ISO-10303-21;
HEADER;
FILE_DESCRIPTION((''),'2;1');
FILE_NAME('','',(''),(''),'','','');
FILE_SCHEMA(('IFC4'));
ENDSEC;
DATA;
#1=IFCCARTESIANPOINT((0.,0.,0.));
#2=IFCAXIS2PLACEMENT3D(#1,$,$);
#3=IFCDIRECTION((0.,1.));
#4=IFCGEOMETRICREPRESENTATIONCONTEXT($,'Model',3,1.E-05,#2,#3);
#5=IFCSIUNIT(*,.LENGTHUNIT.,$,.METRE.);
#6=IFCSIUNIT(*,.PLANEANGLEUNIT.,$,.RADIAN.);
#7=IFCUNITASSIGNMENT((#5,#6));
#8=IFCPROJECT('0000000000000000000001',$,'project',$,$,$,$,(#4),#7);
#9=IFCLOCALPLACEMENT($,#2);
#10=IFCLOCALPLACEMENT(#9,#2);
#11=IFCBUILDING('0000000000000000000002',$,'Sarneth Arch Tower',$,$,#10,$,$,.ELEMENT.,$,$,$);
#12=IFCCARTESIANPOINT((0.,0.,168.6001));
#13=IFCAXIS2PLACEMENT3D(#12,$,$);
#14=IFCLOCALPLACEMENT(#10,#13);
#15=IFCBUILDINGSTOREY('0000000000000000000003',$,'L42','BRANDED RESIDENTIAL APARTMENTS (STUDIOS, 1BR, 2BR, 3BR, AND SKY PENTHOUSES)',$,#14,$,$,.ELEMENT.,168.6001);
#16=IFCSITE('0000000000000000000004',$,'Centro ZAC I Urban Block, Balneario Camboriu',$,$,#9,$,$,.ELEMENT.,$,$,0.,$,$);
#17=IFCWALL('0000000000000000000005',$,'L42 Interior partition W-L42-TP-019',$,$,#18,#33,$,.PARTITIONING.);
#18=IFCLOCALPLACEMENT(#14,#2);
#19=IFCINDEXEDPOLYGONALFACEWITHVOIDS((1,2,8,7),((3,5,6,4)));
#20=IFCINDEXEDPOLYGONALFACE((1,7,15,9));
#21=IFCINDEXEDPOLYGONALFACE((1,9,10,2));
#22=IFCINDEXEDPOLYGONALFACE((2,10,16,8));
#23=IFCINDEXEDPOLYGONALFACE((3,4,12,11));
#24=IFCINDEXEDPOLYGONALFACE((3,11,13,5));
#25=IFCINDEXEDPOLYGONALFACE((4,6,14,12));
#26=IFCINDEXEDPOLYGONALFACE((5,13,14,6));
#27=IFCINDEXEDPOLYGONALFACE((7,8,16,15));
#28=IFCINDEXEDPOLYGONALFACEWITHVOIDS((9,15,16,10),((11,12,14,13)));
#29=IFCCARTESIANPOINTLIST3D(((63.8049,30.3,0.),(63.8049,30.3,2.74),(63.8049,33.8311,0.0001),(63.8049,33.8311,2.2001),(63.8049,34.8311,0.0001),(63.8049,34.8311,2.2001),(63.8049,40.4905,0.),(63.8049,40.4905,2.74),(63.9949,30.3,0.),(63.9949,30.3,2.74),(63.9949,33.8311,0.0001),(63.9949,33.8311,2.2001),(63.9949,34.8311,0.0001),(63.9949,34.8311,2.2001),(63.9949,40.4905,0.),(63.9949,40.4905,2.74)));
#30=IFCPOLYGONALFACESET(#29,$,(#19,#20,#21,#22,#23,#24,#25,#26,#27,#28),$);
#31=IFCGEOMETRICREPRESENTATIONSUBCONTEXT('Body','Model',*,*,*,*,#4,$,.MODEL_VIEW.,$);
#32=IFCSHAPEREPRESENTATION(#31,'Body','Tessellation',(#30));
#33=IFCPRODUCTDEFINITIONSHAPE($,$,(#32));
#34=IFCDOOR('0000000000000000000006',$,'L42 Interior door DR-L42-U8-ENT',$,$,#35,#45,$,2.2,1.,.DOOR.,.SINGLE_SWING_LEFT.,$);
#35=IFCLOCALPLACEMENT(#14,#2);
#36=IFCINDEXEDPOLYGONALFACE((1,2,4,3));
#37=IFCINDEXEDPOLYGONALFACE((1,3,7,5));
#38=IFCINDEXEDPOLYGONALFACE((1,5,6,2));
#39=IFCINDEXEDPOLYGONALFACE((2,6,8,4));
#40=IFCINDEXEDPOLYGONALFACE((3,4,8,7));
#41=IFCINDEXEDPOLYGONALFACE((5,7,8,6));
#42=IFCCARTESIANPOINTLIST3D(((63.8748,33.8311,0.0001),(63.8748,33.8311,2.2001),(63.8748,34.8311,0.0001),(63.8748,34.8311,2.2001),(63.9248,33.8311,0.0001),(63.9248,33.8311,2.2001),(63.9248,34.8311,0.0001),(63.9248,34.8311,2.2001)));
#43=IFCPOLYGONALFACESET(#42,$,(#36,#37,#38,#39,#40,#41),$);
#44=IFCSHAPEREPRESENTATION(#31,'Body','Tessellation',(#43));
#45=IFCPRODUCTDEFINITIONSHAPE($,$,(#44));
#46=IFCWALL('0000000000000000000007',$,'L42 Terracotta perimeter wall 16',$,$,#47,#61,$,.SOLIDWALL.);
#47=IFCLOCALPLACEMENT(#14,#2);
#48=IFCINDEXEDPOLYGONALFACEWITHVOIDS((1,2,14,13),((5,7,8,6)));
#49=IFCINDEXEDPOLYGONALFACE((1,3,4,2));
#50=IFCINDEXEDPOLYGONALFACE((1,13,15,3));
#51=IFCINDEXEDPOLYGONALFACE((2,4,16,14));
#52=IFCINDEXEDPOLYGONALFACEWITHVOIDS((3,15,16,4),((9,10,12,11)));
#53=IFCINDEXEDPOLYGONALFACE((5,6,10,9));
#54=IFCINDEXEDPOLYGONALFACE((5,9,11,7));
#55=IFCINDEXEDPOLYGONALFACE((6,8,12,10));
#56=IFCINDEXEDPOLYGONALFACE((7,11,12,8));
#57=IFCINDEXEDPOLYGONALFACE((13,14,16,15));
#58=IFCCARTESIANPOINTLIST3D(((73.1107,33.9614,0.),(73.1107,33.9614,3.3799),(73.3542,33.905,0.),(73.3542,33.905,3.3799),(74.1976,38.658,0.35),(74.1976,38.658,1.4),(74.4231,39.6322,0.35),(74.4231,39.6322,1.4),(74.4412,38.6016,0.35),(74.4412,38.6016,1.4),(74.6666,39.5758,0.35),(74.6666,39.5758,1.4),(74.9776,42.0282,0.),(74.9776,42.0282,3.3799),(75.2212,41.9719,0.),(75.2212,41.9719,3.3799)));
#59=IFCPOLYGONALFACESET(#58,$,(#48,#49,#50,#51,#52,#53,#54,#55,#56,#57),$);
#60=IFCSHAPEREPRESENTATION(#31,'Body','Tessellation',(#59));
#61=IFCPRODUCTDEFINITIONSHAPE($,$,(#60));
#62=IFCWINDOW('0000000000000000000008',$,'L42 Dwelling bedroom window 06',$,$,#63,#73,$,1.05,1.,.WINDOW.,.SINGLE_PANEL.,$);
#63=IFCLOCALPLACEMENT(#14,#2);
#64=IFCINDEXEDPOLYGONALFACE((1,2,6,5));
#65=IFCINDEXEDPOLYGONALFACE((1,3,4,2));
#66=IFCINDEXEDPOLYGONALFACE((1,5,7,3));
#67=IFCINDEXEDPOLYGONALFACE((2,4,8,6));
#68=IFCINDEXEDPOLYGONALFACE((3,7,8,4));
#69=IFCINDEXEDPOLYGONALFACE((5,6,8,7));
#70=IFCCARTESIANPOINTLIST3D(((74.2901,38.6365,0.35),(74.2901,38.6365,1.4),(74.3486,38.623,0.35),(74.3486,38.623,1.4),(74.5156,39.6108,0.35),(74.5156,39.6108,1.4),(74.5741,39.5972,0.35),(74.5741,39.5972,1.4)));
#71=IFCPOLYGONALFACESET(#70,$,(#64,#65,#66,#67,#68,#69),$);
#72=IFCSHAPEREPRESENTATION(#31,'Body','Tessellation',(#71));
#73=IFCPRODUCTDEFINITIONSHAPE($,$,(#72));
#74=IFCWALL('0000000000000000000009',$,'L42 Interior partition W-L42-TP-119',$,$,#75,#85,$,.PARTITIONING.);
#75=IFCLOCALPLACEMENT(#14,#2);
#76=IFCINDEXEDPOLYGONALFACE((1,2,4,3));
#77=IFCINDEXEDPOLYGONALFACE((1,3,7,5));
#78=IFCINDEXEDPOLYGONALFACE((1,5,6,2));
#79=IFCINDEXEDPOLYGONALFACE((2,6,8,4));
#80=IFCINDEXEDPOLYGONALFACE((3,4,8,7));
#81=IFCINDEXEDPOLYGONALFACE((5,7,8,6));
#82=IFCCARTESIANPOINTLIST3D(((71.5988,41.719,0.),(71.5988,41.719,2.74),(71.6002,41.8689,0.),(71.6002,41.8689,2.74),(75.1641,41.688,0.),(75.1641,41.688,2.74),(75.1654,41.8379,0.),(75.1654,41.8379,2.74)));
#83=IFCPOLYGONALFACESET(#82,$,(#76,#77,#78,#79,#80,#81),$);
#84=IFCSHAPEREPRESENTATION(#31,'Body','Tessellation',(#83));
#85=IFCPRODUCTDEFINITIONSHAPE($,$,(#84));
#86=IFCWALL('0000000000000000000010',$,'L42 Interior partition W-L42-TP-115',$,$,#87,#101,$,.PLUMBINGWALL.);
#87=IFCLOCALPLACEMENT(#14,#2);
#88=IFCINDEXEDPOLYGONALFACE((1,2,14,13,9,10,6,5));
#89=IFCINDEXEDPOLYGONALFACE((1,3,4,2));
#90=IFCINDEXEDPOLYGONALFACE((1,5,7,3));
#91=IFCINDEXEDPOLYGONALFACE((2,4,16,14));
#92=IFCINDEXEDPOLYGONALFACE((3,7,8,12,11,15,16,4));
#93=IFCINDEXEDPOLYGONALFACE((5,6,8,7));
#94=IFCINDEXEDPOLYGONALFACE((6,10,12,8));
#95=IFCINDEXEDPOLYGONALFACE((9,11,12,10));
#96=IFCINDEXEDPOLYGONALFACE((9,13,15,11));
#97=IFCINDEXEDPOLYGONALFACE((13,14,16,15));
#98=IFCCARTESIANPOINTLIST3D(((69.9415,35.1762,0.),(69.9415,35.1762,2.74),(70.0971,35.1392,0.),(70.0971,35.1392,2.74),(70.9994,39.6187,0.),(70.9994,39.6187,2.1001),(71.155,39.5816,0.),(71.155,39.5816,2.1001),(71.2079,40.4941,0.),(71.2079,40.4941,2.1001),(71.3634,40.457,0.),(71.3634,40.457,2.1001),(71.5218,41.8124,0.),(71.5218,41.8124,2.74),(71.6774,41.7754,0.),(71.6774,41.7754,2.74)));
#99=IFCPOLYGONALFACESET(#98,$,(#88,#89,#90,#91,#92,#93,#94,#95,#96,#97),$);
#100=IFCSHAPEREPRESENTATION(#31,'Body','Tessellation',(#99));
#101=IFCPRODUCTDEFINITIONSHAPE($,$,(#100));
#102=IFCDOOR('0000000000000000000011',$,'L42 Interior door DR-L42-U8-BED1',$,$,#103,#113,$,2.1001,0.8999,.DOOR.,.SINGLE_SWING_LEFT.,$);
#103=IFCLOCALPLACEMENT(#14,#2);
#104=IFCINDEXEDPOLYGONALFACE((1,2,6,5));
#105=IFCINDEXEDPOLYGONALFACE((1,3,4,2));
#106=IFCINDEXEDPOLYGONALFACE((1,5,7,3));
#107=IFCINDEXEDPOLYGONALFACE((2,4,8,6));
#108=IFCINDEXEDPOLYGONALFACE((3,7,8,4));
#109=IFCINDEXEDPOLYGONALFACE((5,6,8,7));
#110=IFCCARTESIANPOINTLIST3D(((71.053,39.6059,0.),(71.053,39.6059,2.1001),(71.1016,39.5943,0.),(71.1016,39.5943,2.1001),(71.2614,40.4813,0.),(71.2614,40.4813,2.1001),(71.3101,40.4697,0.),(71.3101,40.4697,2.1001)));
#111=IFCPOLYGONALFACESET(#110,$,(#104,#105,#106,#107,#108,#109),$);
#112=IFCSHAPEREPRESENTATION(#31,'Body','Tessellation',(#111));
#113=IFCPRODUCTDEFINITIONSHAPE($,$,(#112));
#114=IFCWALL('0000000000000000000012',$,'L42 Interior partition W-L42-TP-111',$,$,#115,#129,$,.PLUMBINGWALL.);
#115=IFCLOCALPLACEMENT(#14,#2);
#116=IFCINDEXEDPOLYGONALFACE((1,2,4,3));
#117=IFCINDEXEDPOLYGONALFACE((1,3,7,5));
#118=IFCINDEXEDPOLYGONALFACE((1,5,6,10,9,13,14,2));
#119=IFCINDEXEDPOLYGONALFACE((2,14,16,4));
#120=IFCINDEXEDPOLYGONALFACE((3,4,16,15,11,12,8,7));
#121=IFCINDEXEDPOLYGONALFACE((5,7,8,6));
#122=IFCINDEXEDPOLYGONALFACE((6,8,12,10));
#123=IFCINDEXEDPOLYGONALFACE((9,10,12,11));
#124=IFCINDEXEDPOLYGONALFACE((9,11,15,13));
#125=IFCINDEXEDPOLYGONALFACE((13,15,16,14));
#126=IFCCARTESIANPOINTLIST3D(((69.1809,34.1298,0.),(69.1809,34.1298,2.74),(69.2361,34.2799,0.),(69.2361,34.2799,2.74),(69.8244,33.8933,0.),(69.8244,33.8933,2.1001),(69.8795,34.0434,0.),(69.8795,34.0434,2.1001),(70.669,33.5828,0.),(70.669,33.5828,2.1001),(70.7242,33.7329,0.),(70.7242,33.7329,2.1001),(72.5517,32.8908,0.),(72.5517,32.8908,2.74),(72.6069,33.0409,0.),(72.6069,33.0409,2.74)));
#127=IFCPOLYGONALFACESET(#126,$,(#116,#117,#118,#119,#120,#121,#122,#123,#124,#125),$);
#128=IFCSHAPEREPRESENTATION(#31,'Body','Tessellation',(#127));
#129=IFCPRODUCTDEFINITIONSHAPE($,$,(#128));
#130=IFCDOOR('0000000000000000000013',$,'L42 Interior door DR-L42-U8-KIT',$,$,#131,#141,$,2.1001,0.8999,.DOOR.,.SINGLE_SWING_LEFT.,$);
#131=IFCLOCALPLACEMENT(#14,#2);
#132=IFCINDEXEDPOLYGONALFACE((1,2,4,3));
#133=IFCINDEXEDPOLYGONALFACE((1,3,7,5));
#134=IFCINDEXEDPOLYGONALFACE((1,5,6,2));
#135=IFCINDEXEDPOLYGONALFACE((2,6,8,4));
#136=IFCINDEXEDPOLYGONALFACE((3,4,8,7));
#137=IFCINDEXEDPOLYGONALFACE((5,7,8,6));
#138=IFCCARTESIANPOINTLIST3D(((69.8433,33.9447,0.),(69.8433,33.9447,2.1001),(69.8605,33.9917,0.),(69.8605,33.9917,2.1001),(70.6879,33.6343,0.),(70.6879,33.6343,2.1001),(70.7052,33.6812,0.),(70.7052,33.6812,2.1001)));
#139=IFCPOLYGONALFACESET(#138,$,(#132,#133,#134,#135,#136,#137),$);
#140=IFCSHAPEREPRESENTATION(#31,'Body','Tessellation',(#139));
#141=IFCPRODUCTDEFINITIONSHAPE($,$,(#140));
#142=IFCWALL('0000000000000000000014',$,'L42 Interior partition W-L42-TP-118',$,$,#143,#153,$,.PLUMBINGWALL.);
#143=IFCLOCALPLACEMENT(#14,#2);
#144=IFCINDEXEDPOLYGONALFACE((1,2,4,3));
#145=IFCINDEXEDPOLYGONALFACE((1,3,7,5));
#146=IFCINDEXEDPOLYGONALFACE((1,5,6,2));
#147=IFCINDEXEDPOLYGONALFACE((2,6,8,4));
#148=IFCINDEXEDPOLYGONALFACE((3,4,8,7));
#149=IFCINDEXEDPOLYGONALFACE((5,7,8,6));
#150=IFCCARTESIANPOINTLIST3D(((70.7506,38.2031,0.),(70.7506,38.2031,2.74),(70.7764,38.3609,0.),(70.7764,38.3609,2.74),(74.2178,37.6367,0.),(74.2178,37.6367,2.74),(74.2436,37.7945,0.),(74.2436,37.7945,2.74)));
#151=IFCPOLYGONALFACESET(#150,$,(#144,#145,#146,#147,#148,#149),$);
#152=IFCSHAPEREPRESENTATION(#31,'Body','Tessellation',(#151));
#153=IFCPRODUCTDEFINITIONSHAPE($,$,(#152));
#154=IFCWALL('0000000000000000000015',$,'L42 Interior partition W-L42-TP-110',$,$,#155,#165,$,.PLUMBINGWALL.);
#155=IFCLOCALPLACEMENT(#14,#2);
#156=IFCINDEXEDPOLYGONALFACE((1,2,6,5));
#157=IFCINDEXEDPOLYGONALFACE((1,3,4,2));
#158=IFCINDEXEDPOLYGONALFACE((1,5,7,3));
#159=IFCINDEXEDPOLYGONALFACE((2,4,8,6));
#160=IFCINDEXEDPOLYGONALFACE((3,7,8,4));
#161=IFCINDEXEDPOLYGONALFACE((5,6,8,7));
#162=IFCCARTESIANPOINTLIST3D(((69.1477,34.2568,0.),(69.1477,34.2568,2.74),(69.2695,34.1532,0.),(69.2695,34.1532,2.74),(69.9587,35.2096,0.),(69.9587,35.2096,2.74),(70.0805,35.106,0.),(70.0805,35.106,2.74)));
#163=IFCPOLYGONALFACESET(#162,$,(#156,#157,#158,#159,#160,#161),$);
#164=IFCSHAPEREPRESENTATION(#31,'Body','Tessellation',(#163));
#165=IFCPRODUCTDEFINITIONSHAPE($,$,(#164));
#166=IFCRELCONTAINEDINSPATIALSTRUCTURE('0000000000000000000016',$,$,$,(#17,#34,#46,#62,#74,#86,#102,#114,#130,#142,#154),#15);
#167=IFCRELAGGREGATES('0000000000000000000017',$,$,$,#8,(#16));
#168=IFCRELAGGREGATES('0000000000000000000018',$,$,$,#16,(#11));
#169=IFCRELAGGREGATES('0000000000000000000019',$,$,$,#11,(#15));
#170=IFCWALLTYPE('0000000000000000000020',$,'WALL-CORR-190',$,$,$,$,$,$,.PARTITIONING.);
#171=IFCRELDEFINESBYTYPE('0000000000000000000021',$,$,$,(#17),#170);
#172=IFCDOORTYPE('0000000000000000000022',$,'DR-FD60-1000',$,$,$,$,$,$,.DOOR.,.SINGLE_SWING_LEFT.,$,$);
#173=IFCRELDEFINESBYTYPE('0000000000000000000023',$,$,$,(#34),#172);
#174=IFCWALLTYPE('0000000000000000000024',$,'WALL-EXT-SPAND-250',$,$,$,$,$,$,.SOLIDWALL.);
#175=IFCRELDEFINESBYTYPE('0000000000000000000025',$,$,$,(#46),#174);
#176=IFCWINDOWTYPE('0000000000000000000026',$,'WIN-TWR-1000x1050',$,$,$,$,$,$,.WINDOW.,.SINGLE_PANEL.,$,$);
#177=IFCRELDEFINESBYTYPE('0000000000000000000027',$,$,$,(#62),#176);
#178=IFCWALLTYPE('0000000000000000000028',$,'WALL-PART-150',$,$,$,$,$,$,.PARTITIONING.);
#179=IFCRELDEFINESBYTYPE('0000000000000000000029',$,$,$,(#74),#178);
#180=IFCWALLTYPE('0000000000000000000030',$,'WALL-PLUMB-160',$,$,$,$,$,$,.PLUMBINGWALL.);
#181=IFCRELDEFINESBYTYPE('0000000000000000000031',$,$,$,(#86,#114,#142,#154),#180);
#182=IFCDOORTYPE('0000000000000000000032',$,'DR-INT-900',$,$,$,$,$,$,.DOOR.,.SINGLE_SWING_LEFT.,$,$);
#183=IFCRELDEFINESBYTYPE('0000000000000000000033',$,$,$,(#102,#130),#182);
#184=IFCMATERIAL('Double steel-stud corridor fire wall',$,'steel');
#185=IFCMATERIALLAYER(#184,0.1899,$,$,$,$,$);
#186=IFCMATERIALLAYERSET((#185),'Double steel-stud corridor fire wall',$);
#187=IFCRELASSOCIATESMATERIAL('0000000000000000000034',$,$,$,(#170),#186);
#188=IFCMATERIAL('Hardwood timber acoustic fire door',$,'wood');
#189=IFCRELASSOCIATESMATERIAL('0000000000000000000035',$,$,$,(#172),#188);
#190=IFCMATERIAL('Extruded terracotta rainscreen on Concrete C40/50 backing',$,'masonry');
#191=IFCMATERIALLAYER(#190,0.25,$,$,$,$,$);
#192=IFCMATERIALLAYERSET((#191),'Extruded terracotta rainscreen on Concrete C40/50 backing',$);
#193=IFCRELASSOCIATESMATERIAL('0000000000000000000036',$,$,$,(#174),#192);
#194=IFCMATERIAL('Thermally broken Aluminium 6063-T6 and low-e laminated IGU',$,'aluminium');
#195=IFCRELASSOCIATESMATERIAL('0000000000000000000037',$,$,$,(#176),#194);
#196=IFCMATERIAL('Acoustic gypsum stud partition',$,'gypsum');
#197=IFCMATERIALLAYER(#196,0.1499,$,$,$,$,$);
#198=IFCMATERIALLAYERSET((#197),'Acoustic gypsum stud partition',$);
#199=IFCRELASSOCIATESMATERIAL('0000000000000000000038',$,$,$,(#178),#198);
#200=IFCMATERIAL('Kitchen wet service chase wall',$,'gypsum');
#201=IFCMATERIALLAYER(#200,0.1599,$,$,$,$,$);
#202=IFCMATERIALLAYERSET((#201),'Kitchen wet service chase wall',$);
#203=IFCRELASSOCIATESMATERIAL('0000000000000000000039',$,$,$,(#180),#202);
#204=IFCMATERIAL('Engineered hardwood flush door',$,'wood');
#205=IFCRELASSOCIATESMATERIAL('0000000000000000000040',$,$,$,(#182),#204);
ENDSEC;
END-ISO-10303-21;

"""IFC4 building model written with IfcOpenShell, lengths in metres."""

from ifc_helpers import new_model, si_unit, direction, frame, frame_2d, origin, place, context, subcontext, project, spatial, rectangle, extrude, material, layer, layer_set, type_object, element, fill, save


model = new_model("IFC4")

# Units and contexts
model_context = context("Model", 3, precision=1e-05, world=origin(), true_north=direction((0.0, 1.0)))
body_context = subcontext(model_context, "Body", "Model", "MODEL_VIEW")
ifc_project = project(units=[si_unit("LENGTHUNIT", "METRE"), si_unit("PLANEANGLEUNIT", "RADIAN")], contexts=[model_context])

# Site, building, storey
site_placement = place(None, origin())
site = spatial("IfcSite", under=ifc_project, at=site_placement, Name="Centro ZAC I Urban Block, Balneario Camboriu", CompositionType="ELEMENT", RefElevation=0.0)
building_placement = place(site_placement, origin())
building = spatial("IfcBuilding", under=site, at=building_placement, Name="Sarneth Arch Tower", CompositionType="ELEMENT")
storey_placement = place(building_placement, frame((0.0, 0.0, 168.6001)))
storey = spatial("IfcBuildingStorey", under=building, at=storey_placement, Name="L42", Description="BRANDED RESIDENTIAL APARTMENTS (STUDIOS, 1BR, 2BR, 3BR, AND SKY PENTHOUSES)", CompositionType="ELEMENT", Elevation=168.6001)

# Wall, opening, door
ifc_material_1 = material(Name="Double steel-stud corridor fire wall", Category="steel")
ifc_layer_1 = layer(ifc_material_1, 0.1899)
ifc_layer_set_1 = layer_set([ifc_layer_1], Name="Double steel-stud corridor fire wall")
wall_type_1 = type_object("IfcWallType", Name="WALL-CORR-190", PredefinedType="PARTITIONING", material=ifc_layer_set_1)
ifc_material_2 = material(Name="Hardwood timber acoustic fire door", Category="wood")
door_type_1 = type_object("IfcDoorType", Name="DR-FD60-1000", OperationType="SINGLE_SWING_LEFT", PredefinedType="DOOR", material=ifc_material_2)
wall_1_placement = place(storey_placement, frame((63.8999, 40.4905, 0.0), z_axis=(0.0, 0.0, 1.0), x_axis=(0.0, -1.0, 0.0)))
wall_1 = element("IfcWall", 1, at=wall_1_placement, inside=storey, type_object=wall_type_1, Name="L42 Interior partition W-L42-TP-019", PredefinedType="PARTITIONING", context=body_context, shape_type="SweptSolid", body=[
    extrude(rectangle(XDim=10.1904, YDim=0.1899, at=frame_2d((5.0952, 0.0))), origin(), (0.0, 0.0, 1.0), 2.74),
])
opening_1_placement = place(wall_1_placement, frame((5.6594, 0.0, 0.0)))
opening_1 = element("IfcOpeningElement", 2, at=opening_1_placement, cuts=wall_1, PredefinedType="OPENING", context=body_context, shape_type="SweptSolid", body=[
    extrude(rectangle(XDim=1.0, YDim=2.2, at=frame_2d((0.5, 1.1001))), frame((0.0, 0.105, 0.0), z_axis=(0.0, -1.0, 0.0), x_axis=(1.0, 0.0, 0.0)), (0.0, 0.0, 1.0), 0.21),
])
door_1_placement = place(opening_1_placement, origin())
door_1 = element("IfcDoor", 3, at=door_1_placement, inside=storey, type_object=door_type_1, Name="L42 Interior door DR-L42-U8-ENT", OperationType="SINGLE_SWING_LEFT", OverallHeight=2.2, OverallWidth=1.0, PredefinedType="DOOR", context=body_context, shape_type="SweptSolid", body=[
    extrude(rectangle(XDim=1.0, YDim=2.2, at=frame_2d((0.5, 1.1001))), frame((0.0, 0.0249, 0.0), z_axis=(0.0, -1.0, 0.0), x_axis=(1.0, 0.0, 0.0)), (0.0, 0.0, 1.0), 0.05),
])
fill(opening_1, door_1)

# Wall, opening, window
ifc_material_3 = material(Name="Extruded terracotta rainscreen on Concrete C40/50 backing", Category="masonry")
ifc_layer_2 = layer(ifc_material_3, 0.25)
ifc_layer_set_2 = layer_set([ifc_layer_2], Name="Extruded terracotta rainscreen on Concrete C40/50 backing")
wall_type_2 = type_object("IfcWallType", Name="WALL-EXT-SPAND-250", PredefinedType="SOLIDWALL", material=ifc_layer_set_2)
wall_2_placement = place(storey_placement, frame((73.2324, 33.9331, 0.0), z_axis=(0.0, 0.0, 1.0), x_axis=(0.225473, 0.974249, 0.0)))
wall_2 = element("IfcWall", 4, at=wall_2_placement, inside=storey, type_object=wall_type_2, Name="L42 Terracotta perimeter wall 16", PredefinedType="SOLIDWALL", context=body_context, shape_type="SweptSolid", body=[
    extrude(rectangle(XDim=8.28, YDim=0.25, at=frame_2d((4.1401, 0.0))), origin(), (0.0, 0.0, 1.0), 3.3799),
])
opening_2_placement = place(wall_2_placement, frame((4.8208, 0.0, 0.3501)))
opening_2 = element("IfcOpeningElement", 5, at=opening_2_placement, cuts=wall_2, PredefinedType="OPENING", context=body_context, shape_type="SweptSolid", body=[
    extrude(rectangle(XDim=1.0, YDim=1.05, at=frame_2d((0.5, 0.5249))), frame((0.0, 0.135, 0.0), z_axis=(0.0, -1.0, 0.0), x_axis=(1.0, 0.0, 0.0)), (0.0, 0.0, 1.0), 0.27),
])
ifc_material_4 = material(Name="Thermally broken Aluminium 6063-T6 and low-e laminated IGU", Category="aluminium")
window_type = type_object("IfcWindowType", Name="WIN-TWR-1000x1050", PartitioningType="SINGLE_PANEL", PredefinedType="WINDOW", material=ifc_material_4)
window_placement = place(opening_2_placement, origin())
window = element("IfcWindow", 6, at=window_placement, inside=storey, type_object=window_type, Name="L42 Dwelling bedroom window 06", OverallHeight=1.05, OverallWidth=1.0, PartitioningType="SINGLE_PANEL", PredefinedType="WINDOW", context=body_context, shape_type="SweptSolid", body=[
    extrude(rectangle(XDim=1.0, YDim=1.05, at=frame_2d((0.5, 0.5249))), frame((0.0, 0.03, 0.0), z_axis=(0.0, -1.0, 0.0), x_axis=(1.0, 0.0, 0.0)), (0.0, 0.0, 1.0), 0.0601),
])
fill(opening_2, window)

# Wall
ifc_material_5 = material(Name="Acoustic gypsum stud partition", Category="gypsum")
ifc_layer_3 = layer(ifc_material_5, 0.1499)
ifc_layer_set_3 = layer_set([ifc_layer_3], Name="Acoustic gypsum stud partition")
wall_type_3 = type_object("IfcWallType", Name="WALL-PART-150", PredefinedType="PARTITIONING", material=ifc_layer_set_3)
wall_3_placement = place(storey_placement, frame((75.1648, 41.7629, 0.0), z_axis=(0.0, 0.0, 1.0), x_axis=(-0.999962, 0.008697, 0.0)))
element("IfcWall", 7, at=wall_3_placement, inside=storey, type_object=wall_type_3, Name="L42 Interior partition W-L42-TP-119", PredefinedType="PARTITIONING", context=body_context, shape_type="SweptSolid", body=[
    extrude(rectangle(XDim=3.5654, YDim=0.1499, at=frame_2d((1.7827, 0.0))), origin(), (0.0, 0.0, 1.0), 2.74),
])

# Walls, openings, doors
ifc_material_6 = material(Name="Kitchen wet service chase wall", Category="gypsum")
ifc_layer_4 = layer(ifc_material_6, 0.1599)
ifc_layer_set_4 = layer_set([ifc_layer_4], Name="Kitchen wet service chase wall")
wall_type_4 = type_object("IfcWallType", Name="WALL-PLUMB-160", PredefinedType="PLUMBINGWALL", material=ifc_layer_set_4)
wall_4_placement = place(storey_placement, frame((70.0193, 35.1577, 0.0), z_axis=(0.0, 0.0, 1.0), x_axis=(0.231658, 0.972797, 0.0)))
wall_4 = element("IfcWall", 8, at=wall_4_placement, inside=storey, type_object=wall_type_4, Name="L42 Interior partition W-L42-TP-115", PredefinedType="PLUMBINGWALL", context=body_context, shape_type="SweptSolid", body=[
    extrude(rectangle(XDim=6.8218, YDim=0.1599, at=frame_2d((3.4109, 0.0))), origin(), (0.0, 0.0, 1.0), 2.74),
])
opening_3_placement = place(wall_4_placement, frame((4.5667, 0.0, 0.0)))
opening_3 = element("IfcOpeningElement", 9, at=opening_3_placement, cuts=wall_4, PredefinedType="OPENING", context=body_context, shape_type="SweptSolid", body=[
    extrude(rectangle(XDim=0.8999, YDim=2.1001, at=frame_2d((0.45, 1.05))), frame((0.0, 0.0898, 0.0), z_axis=(0.0, -1.0, 0.0), x_axis=(1.0, 0.0, 0.0)), (0.0, 0.0, 1.0), 0.1799),
])
ifc_material_7 = material(Name="Engineered hardwood flush door", Category="wood")
door_type_2 = type_object("IfcDoorType", Name="DR-INT-900", OperationType="SINGLE_SWING_LEFT", PredefinedType="DOOR", material=ifc_material_7)
door_2_placement = place(opening_3_placement, origin())
door_2 = element("IfcDoor", 10, at=door_2_placement, inside=storey, type_object=door_type_2, Name="L42 Interior door DR-L42-U8-BED1", OperationType="SINGLE_SWING_LEFT", OverallHeight=2.1001, OverallWidth=0.8999, PredefinedType="DOOR", context=body_context, shape_type="SweptSolid", body=[
    extrude(rectangle(XDim=0.8999, YDim=2.1001, at=frame_2d((0.45, 1.05))), frame((0.0, 0.0249, 0.0), z_axis=(0.0, -1.0, 0.0), x_axis=(1.0, 0.0, 0.0)), (0.0, 0.0, 1.0), 0.05),
])
fill(opening_3, door_2)
wall_5_placement = place(storey_placement, frame((69.2085, 34.2048, 0.0), z_axis=(0.0, 0.0, 1.0), x_axis=(0.938603, -0.345, 0.0)))
wall_5 = element("IfcWall", 11, at=wall_5_placement, inside=storey, type_object=wall_type_4, Name="L42 Interior partition W-L42-TP-111", PredefinedType="PLUMBINGWALL", context=body_context, shape_type="SweptSolid", body=[
    extrude(rectangle(XDim=3.5913, YDim=0.1599, at=frame_2d((1.7957, 0.0))), origin(), (0.0, 0.0, 1.0), 2.74),
])
opening_4_placement = place(wall_5_placement, frame((0.6855, 0.0, 0.0)))
opening_4 = element("IfcOpeningElement", 12, at=opening_4_placement, cuts=wall_5, PredefinedType="OPENING", context=body_context, shape_type="SweptSolid", body=[
    extrude(rectangle(XDim=0.8999, YDim=2.1001, at=frame_2d((0.45, 1.05))), frame((0.0, 0.0898, 0.0), z_axis=(0.0, -1.0, 0.0), x_axis=(1.0, 0.0, 0.0)), (0.0, 0.0, 1.0), 0.1799),
])
door_3_placement = place(opening_4_placement, origin())
door_3 = element("IfcDoor", 13, at=door_3_placement, inside=storey, type_object=door_type_2, Name="L42 Interior door DR-L42-U8-KIT", OperationType="SINGLE_SWING_LEFT", OverallHeight=2.1001, OverallWidth=0.8999, PredefinedType="DOOR", context=body_context, shape_type="SweptSolid", body=[
    extrude(rectangle(XDim=0.8999, YDim=2.1001, at=frame_2d((0.45, 1.05))), frame((0.0, 0.0249, 0.0), z_axis=(0.0, -1.0, 0.0), x_axis=(1.0, 0.0, 0.0)), (0.0, 0.0, 1.0), 0.05),
])
fill(opening_4, door_3)

# Walls
wall_6_placement = place(storey_placement, frame((74.2307, 37.7156, 0.0), z_axis=(0.0, 0.0, 1.0), x_axis=(-0.986918, 0.16122, 0.0)))
element("IfcWall", 14, at=wall_6_placement, inside=storey, type_object=wall_type_4, Name="L42 Interior partition W-L42-TP-118", PredefinedType="PLUMBINGWALL", context=body_context, shape_type="SweptSolid", body=[
    extrude(rectangle(XDim=3.5132, YDim=0.1599, at=frame_2d((1.7566, 0.0))), origin(), (0.0, 0.0, 1.0), 2.74),
])
wall_7_placement = place(storey_placement, frame((70.0195, 35.1577, 0.0), z_axis=(0.0, 0.0, 1.0), x_axis=(-0.648152, -0.761511, 0.0)))
element("IfcWall", 15, at=wall_7_placement, inside=storey, type_object=wall_type_4, Name="L42 Interior partition W-L42-TP-110", PredefinedType="PLUMBINGWALL", context=body_context, shape_type="SweptSolid", body=[
    extrude(rectangle(XDim=1.2512, YDim=0.1599, at=frame_2d((0.6255, 0.0))), origin(), (0.0, 0.0, 1.0), 2.74),
])

save(model, "model.ifc")
